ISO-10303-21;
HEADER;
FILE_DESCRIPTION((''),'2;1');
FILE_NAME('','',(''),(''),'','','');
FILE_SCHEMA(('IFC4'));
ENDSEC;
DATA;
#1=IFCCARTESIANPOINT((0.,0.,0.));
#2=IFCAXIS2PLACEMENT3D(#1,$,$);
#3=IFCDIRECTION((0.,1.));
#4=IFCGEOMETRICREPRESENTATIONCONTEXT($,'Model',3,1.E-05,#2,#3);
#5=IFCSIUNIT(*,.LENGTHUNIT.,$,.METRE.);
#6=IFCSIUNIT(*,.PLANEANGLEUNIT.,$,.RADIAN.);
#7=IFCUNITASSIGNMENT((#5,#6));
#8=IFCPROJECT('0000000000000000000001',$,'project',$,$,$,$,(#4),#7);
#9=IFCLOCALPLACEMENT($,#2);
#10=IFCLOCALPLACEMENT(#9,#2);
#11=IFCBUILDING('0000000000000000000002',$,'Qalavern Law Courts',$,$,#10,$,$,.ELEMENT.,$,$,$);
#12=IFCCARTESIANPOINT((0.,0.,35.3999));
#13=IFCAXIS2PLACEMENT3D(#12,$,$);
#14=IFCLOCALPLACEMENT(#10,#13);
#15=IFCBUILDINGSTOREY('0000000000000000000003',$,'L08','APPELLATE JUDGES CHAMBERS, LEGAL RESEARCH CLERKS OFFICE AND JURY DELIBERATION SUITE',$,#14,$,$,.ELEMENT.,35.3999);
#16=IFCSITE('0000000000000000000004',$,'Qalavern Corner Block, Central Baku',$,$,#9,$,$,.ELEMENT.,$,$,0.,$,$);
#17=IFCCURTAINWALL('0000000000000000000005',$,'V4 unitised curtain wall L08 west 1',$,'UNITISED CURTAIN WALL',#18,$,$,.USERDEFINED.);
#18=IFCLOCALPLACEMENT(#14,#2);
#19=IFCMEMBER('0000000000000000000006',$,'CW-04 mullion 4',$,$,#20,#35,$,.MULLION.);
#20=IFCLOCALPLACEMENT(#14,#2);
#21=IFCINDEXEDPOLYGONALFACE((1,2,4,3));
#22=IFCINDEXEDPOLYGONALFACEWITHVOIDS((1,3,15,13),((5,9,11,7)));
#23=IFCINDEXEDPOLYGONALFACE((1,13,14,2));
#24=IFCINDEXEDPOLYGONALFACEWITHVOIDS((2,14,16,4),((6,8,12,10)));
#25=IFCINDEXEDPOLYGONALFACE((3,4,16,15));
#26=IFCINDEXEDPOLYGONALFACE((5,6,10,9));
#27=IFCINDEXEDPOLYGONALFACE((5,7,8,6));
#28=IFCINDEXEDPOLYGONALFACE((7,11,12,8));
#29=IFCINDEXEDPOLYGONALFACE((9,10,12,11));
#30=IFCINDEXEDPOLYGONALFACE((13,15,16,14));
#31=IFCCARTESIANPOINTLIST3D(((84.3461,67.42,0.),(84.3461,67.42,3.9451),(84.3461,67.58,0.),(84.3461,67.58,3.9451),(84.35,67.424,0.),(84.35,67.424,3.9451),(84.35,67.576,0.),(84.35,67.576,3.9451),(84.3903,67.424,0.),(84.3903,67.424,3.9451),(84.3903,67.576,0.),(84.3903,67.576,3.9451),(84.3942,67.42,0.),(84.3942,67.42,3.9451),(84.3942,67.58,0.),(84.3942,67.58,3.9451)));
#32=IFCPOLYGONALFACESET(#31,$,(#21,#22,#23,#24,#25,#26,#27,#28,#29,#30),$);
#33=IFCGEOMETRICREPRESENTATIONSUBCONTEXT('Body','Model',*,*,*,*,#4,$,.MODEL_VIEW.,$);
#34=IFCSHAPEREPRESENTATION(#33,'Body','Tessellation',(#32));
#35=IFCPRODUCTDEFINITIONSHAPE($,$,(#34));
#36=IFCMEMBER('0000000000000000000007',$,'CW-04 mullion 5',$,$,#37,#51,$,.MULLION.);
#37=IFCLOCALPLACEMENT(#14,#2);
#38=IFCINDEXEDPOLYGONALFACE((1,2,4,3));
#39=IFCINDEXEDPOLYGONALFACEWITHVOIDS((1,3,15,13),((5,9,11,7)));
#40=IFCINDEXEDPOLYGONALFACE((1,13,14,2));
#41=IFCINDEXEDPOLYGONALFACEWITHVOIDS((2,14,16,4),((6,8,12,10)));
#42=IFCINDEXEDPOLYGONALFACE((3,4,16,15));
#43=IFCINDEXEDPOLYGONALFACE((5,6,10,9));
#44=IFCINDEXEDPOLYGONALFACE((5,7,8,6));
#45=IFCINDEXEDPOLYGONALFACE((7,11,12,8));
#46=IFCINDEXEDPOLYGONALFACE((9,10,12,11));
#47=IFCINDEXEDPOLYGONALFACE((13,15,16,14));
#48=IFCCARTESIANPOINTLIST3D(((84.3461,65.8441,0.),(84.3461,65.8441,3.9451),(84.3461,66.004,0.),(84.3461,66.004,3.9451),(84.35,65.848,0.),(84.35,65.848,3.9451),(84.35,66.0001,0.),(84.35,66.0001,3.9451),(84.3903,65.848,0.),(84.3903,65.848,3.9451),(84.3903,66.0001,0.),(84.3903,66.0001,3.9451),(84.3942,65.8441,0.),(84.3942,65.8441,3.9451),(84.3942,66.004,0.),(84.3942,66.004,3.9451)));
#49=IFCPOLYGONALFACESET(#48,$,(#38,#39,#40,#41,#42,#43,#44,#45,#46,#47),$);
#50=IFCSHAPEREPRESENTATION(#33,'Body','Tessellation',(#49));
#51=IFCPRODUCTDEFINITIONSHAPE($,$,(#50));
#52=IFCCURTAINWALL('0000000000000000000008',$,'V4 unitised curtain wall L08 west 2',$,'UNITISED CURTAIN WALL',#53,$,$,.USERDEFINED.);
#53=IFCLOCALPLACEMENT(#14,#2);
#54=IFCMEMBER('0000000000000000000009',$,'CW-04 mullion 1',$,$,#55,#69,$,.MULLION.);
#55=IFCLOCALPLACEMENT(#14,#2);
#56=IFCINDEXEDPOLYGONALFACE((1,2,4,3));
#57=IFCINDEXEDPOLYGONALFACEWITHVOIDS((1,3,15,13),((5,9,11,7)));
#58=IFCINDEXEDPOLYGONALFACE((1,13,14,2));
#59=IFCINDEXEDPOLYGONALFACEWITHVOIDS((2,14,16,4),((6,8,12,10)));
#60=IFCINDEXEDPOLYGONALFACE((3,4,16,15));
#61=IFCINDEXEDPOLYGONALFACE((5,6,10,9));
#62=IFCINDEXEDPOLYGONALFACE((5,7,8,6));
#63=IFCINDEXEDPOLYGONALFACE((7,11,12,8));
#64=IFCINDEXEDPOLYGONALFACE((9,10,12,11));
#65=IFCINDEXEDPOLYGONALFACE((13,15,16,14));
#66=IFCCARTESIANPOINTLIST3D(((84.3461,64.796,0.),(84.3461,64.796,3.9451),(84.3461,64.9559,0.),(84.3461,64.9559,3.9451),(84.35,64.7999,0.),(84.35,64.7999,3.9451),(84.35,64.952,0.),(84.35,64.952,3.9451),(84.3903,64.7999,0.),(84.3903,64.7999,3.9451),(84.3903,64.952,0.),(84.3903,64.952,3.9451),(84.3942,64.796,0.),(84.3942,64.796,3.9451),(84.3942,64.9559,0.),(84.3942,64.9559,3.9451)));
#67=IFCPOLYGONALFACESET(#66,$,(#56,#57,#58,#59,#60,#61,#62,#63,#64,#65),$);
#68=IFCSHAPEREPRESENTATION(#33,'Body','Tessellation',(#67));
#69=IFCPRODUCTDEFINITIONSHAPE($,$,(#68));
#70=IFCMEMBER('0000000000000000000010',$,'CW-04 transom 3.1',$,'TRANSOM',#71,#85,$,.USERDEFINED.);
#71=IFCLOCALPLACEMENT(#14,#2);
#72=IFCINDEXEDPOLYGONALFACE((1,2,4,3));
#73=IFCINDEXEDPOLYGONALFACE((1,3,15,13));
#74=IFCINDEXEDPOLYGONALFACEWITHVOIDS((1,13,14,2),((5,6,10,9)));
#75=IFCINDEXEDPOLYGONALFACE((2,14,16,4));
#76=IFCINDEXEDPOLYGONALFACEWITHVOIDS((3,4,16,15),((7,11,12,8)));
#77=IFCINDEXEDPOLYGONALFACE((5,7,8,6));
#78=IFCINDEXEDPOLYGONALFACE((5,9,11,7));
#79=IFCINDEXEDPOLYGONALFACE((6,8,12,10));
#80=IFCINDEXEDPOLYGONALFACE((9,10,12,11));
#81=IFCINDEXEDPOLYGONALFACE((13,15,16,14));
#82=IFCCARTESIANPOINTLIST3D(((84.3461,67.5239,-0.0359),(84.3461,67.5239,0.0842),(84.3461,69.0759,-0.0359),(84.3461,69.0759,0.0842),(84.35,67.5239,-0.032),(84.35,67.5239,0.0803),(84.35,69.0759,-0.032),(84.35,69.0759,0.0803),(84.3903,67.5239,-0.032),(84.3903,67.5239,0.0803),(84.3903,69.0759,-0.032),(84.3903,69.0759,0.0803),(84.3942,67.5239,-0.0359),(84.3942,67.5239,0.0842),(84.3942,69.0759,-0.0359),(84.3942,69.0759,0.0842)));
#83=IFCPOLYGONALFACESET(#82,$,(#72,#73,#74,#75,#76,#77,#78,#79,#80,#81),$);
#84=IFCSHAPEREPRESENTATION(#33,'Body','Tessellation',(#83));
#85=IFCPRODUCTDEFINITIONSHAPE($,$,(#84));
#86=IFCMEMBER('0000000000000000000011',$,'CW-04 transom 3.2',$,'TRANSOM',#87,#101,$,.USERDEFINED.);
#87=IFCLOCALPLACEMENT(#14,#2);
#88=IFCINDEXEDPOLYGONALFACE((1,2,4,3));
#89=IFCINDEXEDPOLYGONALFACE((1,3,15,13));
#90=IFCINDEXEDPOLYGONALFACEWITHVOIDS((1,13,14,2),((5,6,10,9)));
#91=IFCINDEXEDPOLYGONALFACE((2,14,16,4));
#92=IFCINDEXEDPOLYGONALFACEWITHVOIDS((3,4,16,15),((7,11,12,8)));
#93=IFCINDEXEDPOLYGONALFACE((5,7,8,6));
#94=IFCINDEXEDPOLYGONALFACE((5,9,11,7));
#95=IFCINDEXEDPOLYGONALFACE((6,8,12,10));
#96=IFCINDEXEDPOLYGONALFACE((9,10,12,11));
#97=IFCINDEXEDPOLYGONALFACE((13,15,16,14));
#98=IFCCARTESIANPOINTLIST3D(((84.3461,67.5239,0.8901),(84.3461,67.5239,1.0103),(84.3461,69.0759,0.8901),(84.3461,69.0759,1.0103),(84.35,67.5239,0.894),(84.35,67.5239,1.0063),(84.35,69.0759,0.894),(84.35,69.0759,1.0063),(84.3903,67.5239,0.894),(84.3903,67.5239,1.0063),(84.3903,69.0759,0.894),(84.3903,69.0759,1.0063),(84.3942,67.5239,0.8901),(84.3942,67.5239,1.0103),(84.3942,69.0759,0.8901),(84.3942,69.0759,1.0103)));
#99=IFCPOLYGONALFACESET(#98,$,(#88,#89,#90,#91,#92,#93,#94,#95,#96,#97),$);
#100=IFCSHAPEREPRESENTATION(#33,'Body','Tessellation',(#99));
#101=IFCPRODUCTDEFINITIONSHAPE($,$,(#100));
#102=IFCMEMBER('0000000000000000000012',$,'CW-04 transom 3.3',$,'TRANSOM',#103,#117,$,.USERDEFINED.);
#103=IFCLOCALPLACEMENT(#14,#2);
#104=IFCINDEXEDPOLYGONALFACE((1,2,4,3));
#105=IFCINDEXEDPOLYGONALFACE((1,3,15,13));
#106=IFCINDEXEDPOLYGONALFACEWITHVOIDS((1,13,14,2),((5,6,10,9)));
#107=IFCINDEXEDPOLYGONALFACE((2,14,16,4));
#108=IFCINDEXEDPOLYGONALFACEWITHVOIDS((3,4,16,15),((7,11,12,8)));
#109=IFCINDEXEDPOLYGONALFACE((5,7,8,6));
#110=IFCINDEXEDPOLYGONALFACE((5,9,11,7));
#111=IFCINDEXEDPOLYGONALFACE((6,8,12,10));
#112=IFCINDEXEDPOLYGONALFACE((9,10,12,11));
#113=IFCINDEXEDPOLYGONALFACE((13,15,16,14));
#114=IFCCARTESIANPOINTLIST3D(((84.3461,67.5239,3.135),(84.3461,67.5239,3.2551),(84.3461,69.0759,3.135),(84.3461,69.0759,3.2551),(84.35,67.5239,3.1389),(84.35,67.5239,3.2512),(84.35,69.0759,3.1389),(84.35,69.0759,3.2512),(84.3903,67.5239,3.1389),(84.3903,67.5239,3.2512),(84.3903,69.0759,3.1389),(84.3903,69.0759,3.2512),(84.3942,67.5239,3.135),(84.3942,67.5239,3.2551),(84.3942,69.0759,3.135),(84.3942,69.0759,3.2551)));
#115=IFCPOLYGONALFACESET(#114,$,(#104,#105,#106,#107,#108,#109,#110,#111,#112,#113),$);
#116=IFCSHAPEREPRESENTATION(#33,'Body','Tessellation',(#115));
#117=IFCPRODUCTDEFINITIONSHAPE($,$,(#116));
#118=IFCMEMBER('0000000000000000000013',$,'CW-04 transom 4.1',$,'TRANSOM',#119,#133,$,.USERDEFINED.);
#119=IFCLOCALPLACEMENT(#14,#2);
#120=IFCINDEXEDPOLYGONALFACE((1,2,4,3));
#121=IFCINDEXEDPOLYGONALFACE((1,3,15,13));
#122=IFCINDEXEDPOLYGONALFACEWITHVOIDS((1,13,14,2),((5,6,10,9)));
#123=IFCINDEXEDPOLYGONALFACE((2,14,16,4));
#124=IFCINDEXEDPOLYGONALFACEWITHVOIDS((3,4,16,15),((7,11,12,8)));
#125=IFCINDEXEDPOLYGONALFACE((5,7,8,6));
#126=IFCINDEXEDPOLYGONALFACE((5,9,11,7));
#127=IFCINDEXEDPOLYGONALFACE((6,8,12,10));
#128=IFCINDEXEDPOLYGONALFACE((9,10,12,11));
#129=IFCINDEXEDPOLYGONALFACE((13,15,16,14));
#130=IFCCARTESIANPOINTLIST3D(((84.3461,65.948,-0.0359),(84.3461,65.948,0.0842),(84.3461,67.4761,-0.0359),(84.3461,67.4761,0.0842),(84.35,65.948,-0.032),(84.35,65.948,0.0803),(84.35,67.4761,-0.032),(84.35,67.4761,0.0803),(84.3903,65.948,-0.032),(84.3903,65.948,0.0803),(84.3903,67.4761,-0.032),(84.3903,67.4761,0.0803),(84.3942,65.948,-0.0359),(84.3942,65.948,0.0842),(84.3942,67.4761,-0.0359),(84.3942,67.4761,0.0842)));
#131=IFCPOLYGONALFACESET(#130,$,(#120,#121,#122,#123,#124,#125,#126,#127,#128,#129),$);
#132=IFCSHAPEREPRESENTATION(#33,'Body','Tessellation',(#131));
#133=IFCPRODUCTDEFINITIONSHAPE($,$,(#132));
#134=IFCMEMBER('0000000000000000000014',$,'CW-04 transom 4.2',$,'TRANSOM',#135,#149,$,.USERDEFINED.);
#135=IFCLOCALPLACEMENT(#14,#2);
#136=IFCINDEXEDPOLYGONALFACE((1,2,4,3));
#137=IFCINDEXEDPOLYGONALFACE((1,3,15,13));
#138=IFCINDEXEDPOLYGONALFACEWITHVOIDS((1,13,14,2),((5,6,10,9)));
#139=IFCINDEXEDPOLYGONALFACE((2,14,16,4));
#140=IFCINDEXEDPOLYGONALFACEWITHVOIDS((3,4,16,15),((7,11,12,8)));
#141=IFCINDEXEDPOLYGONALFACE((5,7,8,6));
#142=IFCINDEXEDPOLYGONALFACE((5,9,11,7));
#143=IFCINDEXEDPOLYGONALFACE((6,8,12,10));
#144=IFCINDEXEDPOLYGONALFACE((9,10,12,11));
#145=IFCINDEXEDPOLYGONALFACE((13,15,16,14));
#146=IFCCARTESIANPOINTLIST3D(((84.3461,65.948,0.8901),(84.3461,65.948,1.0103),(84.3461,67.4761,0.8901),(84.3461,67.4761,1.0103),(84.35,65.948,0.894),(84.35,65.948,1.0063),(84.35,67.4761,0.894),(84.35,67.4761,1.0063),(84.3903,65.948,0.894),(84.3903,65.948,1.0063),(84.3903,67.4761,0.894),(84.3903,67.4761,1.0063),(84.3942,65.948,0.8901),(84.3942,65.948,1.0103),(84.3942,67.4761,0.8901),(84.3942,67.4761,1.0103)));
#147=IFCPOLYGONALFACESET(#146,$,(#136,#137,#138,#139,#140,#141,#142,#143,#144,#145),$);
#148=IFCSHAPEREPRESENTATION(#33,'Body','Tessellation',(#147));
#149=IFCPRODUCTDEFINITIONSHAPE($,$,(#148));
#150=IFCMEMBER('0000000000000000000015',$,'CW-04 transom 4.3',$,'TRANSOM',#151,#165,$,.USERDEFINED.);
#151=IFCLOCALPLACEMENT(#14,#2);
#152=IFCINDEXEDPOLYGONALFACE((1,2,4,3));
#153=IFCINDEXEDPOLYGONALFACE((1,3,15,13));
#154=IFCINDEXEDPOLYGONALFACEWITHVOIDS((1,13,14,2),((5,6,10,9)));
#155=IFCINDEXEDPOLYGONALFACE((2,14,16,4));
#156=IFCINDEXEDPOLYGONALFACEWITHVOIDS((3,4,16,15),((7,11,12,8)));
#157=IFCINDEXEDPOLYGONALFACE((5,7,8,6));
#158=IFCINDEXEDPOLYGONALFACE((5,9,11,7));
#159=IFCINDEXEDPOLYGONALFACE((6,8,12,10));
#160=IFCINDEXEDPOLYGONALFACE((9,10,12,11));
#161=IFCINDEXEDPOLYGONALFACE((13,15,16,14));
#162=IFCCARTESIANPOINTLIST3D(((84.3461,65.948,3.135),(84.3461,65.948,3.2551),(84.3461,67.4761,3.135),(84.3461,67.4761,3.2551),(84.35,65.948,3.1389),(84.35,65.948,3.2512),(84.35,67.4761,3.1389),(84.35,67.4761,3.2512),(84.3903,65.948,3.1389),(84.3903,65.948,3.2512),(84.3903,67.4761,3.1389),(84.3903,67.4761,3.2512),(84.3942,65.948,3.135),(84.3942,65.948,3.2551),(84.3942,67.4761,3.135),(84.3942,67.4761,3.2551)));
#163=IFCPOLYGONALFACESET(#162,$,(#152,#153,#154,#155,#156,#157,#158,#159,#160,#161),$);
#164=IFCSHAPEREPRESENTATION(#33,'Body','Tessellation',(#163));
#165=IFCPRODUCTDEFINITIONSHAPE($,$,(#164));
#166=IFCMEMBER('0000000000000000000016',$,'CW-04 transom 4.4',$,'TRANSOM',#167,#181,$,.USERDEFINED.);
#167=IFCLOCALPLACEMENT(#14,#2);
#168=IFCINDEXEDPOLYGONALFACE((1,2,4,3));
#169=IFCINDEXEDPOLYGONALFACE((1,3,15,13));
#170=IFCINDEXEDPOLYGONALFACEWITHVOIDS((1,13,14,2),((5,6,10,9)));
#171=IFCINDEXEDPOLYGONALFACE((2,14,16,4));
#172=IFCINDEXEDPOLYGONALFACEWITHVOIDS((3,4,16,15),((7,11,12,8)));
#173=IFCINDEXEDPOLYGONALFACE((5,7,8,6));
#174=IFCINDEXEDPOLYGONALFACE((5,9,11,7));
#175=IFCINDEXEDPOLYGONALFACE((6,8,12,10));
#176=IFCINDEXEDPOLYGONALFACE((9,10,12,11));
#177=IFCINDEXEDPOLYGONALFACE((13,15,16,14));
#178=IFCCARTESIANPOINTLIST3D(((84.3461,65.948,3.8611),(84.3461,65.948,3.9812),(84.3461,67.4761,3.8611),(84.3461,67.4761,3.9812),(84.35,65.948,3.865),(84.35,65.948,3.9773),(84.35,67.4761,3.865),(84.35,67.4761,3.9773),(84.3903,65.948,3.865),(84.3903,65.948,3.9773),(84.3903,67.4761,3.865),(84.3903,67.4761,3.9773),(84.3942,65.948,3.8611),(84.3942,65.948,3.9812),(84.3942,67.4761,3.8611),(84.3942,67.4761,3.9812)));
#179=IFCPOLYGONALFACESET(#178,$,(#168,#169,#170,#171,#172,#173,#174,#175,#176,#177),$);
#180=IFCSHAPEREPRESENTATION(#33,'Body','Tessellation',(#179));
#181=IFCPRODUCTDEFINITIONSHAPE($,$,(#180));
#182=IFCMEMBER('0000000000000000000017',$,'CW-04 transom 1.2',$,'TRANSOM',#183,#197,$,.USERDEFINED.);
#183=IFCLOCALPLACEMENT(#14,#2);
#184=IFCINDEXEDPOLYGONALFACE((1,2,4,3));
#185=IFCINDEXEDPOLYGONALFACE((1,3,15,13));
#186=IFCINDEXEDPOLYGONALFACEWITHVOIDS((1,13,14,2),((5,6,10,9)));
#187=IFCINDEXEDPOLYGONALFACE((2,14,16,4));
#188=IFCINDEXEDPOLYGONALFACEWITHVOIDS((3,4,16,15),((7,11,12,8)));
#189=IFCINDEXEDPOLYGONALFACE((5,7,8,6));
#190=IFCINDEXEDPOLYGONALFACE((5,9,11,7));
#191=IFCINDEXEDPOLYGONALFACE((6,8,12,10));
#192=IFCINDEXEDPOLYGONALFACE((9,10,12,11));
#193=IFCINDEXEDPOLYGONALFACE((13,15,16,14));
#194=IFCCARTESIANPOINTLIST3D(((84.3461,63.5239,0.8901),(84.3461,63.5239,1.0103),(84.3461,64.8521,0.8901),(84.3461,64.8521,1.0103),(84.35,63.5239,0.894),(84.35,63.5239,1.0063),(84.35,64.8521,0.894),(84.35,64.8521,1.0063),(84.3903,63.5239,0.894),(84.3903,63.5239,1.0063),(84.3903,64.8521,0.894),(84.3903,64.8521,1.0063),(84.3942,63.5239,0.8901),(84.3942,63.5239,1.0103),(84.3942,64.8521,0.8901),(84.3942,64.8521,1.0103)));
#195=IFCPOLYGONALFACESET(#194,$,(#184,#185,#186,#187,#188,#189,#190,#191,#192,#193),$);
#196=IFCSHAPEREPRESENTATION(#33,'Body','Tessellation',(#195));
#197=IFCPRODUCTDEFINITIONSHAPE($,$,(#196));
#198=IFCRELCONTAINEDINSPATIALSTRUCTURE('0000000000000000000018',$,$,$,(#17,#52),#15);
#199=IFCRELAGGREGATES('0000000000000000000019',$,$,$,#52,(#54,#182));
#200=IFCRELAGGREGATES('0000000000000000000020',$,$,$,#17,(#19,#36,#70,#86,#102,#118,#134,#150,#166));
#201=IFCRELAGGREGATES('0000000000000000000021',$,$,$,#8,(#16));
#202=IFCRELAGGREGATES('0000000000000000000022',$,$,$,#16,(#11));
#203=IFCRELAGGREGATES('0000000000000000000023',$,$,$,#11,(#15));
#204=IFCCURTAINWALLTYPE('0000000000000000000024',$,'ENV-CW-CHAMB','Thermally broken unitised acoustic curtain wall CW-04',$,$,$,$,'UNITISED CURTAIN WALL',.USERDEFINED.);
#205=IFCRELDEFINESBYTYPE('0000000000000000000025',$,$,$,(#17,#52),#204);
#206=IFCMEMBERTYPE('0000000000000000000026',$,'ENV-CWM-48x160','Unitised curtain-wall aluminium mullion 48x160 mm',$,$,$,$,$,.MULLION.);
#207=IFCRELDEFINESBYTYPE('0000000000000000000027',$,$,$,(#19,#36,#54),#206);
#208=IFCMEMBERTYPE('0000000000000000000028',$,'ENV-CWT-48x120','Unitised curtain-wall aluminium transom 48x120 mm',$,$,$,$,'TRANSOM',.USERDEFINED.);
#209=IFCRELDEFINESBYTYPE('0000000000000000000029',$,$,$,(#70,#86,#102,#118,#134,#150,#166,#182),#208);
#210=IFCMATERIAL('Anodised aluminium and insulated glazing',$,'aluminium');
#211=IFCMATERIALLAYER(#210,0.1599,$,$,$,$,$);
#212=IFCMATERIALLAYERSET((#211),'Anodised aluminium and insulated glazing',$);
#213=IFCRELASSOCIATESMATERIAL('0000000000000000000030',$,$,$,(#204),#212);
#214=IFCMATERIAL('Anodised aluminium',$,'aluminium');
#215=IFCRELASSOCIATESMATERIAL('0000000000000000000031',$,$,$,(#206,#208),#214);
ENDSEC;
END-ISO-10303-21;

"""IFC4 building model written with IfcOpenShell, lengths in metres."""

from ifc_helpers import new_model, si_unit, direction, frame, origin, origin_2d, place, context, subcontext, project, spatial, hollow_rectangle, extrude, material, layer, layer_set, material_profile, profile_set, type_object, element, aggregate, save


model = new_model("IFC4")

# Units and contexts
model_context = context("Model", 3, precision=1e-05, world=origin(), true_north=direction((0.0, 1.0)))
body_context = subcontext(model_context, "Body", "Model", "MODEL_VIEW")
ifc_project = project(units=[si_unit("LENGTHUNIT", "METRE"), si_unit("PLANEANGLEUNIT", "RADIAN")], contexts=[model_context])

# Site, building, storey
site_placement = place(None, origin())
site = spatial("IfcSite", under=ifc_project, at=site_placement, Name="Qalavern Corner Block, Central Baku", CompositionType="ELEMENT", RefElevation=0.0)
building_placement = place(site_placement, origin())
building = spatial("IfcBuilding", under=site, at=building_placement, Name="Qalavern Law Courts", CompositionType="ELEMENT")
storey_placement = place(building_placement, frame((0.0, 0.0, 35.3999)))
storey = spatial("IfcBuildingStorey", under=building, at=storey_placement, Name="L08", Description="APPELLATE JUDGES CHAMBERS, LEGAL RESEARCH CLERKS OFFICE AND JURY DELIBERATION SUITE", CompositionType="ELEMENT", Elevation=35.3999)

# Curtain wall, members
ifc_material_1 = material(Name="Anodised aluminium and insulated glazing", Category="aluminium")
ifc_layer_1 = layer(ifc_material_1, 0.1599)
ifc_layer_set_1 = layer_set([ifc_layer_1], Name="Anodised aluminium and insulated glazing")
curtain_wall_type = type_object("IfcCurtainWallType", Name="ENV-CW-CHAMB", Description="Thermally broken unitised acoustic curtain wall CW-04", ElementType="UNITISED CURTAIN WALL", PredefinedType="USERDEFINED", material=ifc_layer_set_1)
curtain_wall_1_placement = place(storey_placement, origin())
curtain_wall_1 = element("IfcCurtainWall", 1, at=curtain_wall_1_placement, inside=storey, type_object=curtain_wall_type, Name="V4 unitised curtain wall L08 west 1", ObjectType="UNITISED CURTAIN WALL", PredefinedType="USERDEFINED")
ifc_material_2 = material(Name="Anodised aluminium", Category="aluminium")
ifc_material_profile_1 = material_profile(ifc_material_2, hollow_rectangle(XDim=0.0481, YDim=0.1599, WallThickness=0.0039, at=origin_2d()), Name="ALU MULLION 48x160")
ifc_profile_set_1 = profile_set([ifc_material_profile_1], Name="Anodised aluminium")
member_type_1 = type_object("IfcMemberType", Name="ENV-CWM-48x160", Description="Unitised curtain-wall aluminium mullion 48x160 mm", PredefinedType="MULLION", material=ifc_profile_set_1)
member_1_placement = place(storey_placement, frame((84.3701, 67.5, 0.0), z_axis=(0.0, 0.0, 1.0), x_axis=(1.0, 0.0, 0.0)))
member_1 = element("IfcMember", 2, at=member_1_placement, type_object=member_type_1, Name="CW-04 mullion 4", PredefinedType="MULLION", context=body_context, shape_type="SweptSolid", body=[
    extrude(hollow_rectangle(XDim=0.0481, YDim=0.1599, WallThickness=0.0039, at=origin_2d()), origin(), (0.0, 0.0, 1.0), 3.9451),
])
member_2_placement = place(storey_placement, frame((84.3701, 65.9241, 0.0), z_axis=(0.0, 0.0, 1.0), x_axis=(1.0, 0.0, 0.0)))
member_2 = element("IfcMember", 3, at=member_2_placement, type_object=member_type_1, Name="CW-04 mullion 5", PredefinedType="MULLION", context=body_context, shape_type="SweptSolid", body=[
    extrude(hollow_rectangle(XDim=0.0481, YDim=0.1599, WallThickness=0.0039, at=origin_2d()), origin(), (0.0, 0.0, 1.0), 3.9451),
])

# Curtain wall, member
curtain_wall_2_placement = place(storey_placement, origin())
curtain_wall_2 = element("IfcCurtainWall", 4, at=curtain_wall_2_placement, inside=storey, type_object=curtain_wall_type, Name="V4 unitised curtain wall L08 west 2", ObjectType="UNITISED CURTAIN WALL", PredefinedType="USERDEFINED")
member_3_placement = place(storey_placement, frame((84.3701, 64.876, 0.0), z_axis=(0.0, 0.0, 1.0), x_axis=(1.0, 0.0, 0.0)))
member_3 = element("IfcMember", 5, at=member_3_placement, type_object=member_type_1, Name="CW-04 mullion 1", PredefinedType="MULLION", context=body_context, shape_type="SweptSolid", body=[
    extrude(hollow_rectangle(XDim=0.0481, YDim=0.1599, WallThickness=0.0039, at=origin_2d()), origin(), (0.0, 0.0, 1.0), 3.9451),
])

# Members
ifc_material_profile_2 = material_profile(ifc_material_2, hollow_rectangle(XDim=0.0481, YDim=0.1201, WallThickness=0.0039, at=origin_2d()), Name="ALU TRANSOM 48x120")
ifc_profile_set_2 = profile_set([ifc_material_profile_2], Name="Anodised aluminium")
member_type_2 = type_object("IfcMemberType", Name="ENV-CWT-48x120", Description="Unitised curtain-wall aluminium transom 48x120 mm", ElementType="TRANSOM", PredefinedType="USERDEFINED", material=ifc_profile_set_2)
member_4_placement = place(storey_placement, frame((84.3701, 69.0759, 0.0242), z_axis=(0.0, -1.0, 0.0), x_axis=(1.0, 0.0, 0.0)))
member_4 = element("IfcMember", 6, at=member_4_placement, type_object=member_type_2, Name="CW-04 transom 3.1", ObjectType="TRANSOM", PredefinedType="USERDEFINED", context=body_context, shape_type="SweptSolid", body=[
    extrude(hollow_rectangle(XDim=0.0481, YDim=0.1201, WallThickness=0.0039, at=origin_2d()), origin(), (0.0, 0.0, 1.0), 1.552),
])
member_5_placement = place(storey_placement, frame((84.3701, 69.0759, 0.9502), z_axis=(0.0, -1.0, 0.0), x_axis=(1.0, 0.0, 0.0)))
member_5 = element("IfcMember", 7, at=member_5_placement, type_object=member_type_2, Name="CW-04 transom 3.2", ObjectType="TRANSOM", PredefinedType="USERDEFINED", context=body_context, shape_type="SweptSolid", body=[
    extrude(hollow_rectangle(XDim=0.0481, YDim=0.1201, WallThickness=0.0039, at=origin_2d()), origin(), (0.0, 0.0, 1.0), 1.552),
])
member_6_placement = place(storey_placement, frame((84.3701, 69.0759, 3.1951), z_axis=(0.0, -1.0, 0.0), x_axis=(1.0, 0.0, 0.0)))
member_6 = element("IfcMember", 8, at=member_6_placement, type_object=member_type_2, Name="CW-04 transom 3.3", ObjectType="TRANSOM", PredefinedType="USERDEFINED", context=body_context, shape_type="SweptSolid", body=[
    extrude(hollow_rectangle(XDim=0.0481, YDim=0.1201, WallThickness=0.0039, at=origin_2d()), origin(), (0.0, 0.0, 1.0), 1.552),
])
member_7_placement = place(storey_placement, frame((84.3701, 67.4761, 0.0242), z_axis=(0.0, -1.0, 0.0), x_axis=(1.0, 0.0, 0.0)))
member_7 = element("IfcMember", 9, at=member_7_placement, type_object=member_type_2, Name="CW-04 transom 4.1", ObjectType="TRANSOM", PredefinedType="USERDEFINED", context=body_context, shape_type="SweptSolid", body=[
    extrude(hollow_rectangle(XDim=0.0481, YDim=0.1201, WallThickness=0.0039, at=origin_2d()), origin(), (0.0, 0.0, 1.0), 1.5281),
])
member_8_placement = place(storey_placement, frame((84.3701, 67.4761, 0.9502), z_axis=(0.0, -1.0, 0.0), x_axis=(1.0, 0.0, 0.0)))
member_8 = element("IfcMember", 10, at=member_8_placement, type_object=member_type_2, Name="CW-04 transom 4.2", ObjectType="TRANSOM", PredefinedType="USERDEFINED", context=body_context, shape_type="SweptSolid", body=[
    extrude(hollow_rectangle(XDim=0.0481, YDim=0.1201, WallThickness=0.0039, at=origin_2d()), origin(), (0.0, 0.0, 1.0), 1.5281),
])
member_9_placement = place(storey_placement, frame((84.3701, 67.4761, 3.1951), z_axis=(0.0, -1.0, 0.0), x_axis=(1.0, 0.0, 0.0)))
member_9 = element("IfcMember", 11, at=member_9_placement, type_object=member_type_2, Name="CW-04 transom 4.3", ObjectType="TRANSOM", PredefinedType="USERDEFINED", context=body_context, shape_type="SweptSolid", body=[
    extrude(hollow_rectangle(XDim=0.0481, YDim=0.1201, WallThickness=0.0039, at=origin_2d()), origin(), (0.0, 0.0, 1.0), 1.5281),
])
member_10_placement = place(storey_placement, frame((84.3701, 67.4761, 3.9211), z_axis=(0.0, -1.0, 0.0), x_axis=(1.0, 0.0, 0.0)))
member_10 = element("IfcMember", 12, at=member_10_placement, type_object=member_type_2, Name="CW-04 transom 4.4", ObjectType="TRANSOM", PredefinedType="USERDEFINED", context=body_context, shape_type="SweptSolid", body=[
    extrude(hollow_rectangle(XDim=0.0481, YDim=0.1201, WallThickness=0.0039, at=origin_2d()), origin(), (0.0, 0.0, 1.0), 1.5281),
])
member_11_placement = place(storey_placement, frame((84.3701, 64.8521, 0.9502), z_axis=(0.0, -1.0, 0.0), x_axis=(1.0, 0.0, 0.0)))
member_11 = element("IfcMember", 13, at=member_11_placement, type_object=member_type_2, Name="CW-04 transom 1.2", ObjectType="TRANSOM", PredefinedType="USERDEFINED", context=body_context, shape_type="SweptSolid", body=[
    extrude(hollow_rectangle(XDim=0.0481, YDim=0.1201, WallThickness=0.0039, at=origin_2d()), origin(), (0.0, 0.0, 1.0), 1.3281),
])
aggregate(curtain_wall_2, [member_3, member_11])

aggregate(curtain_wall_1, [member_1, member_2, member_4, member_5, member_6, member_7, member_8, member_9, member_10])

save(model, "model.ifc")
